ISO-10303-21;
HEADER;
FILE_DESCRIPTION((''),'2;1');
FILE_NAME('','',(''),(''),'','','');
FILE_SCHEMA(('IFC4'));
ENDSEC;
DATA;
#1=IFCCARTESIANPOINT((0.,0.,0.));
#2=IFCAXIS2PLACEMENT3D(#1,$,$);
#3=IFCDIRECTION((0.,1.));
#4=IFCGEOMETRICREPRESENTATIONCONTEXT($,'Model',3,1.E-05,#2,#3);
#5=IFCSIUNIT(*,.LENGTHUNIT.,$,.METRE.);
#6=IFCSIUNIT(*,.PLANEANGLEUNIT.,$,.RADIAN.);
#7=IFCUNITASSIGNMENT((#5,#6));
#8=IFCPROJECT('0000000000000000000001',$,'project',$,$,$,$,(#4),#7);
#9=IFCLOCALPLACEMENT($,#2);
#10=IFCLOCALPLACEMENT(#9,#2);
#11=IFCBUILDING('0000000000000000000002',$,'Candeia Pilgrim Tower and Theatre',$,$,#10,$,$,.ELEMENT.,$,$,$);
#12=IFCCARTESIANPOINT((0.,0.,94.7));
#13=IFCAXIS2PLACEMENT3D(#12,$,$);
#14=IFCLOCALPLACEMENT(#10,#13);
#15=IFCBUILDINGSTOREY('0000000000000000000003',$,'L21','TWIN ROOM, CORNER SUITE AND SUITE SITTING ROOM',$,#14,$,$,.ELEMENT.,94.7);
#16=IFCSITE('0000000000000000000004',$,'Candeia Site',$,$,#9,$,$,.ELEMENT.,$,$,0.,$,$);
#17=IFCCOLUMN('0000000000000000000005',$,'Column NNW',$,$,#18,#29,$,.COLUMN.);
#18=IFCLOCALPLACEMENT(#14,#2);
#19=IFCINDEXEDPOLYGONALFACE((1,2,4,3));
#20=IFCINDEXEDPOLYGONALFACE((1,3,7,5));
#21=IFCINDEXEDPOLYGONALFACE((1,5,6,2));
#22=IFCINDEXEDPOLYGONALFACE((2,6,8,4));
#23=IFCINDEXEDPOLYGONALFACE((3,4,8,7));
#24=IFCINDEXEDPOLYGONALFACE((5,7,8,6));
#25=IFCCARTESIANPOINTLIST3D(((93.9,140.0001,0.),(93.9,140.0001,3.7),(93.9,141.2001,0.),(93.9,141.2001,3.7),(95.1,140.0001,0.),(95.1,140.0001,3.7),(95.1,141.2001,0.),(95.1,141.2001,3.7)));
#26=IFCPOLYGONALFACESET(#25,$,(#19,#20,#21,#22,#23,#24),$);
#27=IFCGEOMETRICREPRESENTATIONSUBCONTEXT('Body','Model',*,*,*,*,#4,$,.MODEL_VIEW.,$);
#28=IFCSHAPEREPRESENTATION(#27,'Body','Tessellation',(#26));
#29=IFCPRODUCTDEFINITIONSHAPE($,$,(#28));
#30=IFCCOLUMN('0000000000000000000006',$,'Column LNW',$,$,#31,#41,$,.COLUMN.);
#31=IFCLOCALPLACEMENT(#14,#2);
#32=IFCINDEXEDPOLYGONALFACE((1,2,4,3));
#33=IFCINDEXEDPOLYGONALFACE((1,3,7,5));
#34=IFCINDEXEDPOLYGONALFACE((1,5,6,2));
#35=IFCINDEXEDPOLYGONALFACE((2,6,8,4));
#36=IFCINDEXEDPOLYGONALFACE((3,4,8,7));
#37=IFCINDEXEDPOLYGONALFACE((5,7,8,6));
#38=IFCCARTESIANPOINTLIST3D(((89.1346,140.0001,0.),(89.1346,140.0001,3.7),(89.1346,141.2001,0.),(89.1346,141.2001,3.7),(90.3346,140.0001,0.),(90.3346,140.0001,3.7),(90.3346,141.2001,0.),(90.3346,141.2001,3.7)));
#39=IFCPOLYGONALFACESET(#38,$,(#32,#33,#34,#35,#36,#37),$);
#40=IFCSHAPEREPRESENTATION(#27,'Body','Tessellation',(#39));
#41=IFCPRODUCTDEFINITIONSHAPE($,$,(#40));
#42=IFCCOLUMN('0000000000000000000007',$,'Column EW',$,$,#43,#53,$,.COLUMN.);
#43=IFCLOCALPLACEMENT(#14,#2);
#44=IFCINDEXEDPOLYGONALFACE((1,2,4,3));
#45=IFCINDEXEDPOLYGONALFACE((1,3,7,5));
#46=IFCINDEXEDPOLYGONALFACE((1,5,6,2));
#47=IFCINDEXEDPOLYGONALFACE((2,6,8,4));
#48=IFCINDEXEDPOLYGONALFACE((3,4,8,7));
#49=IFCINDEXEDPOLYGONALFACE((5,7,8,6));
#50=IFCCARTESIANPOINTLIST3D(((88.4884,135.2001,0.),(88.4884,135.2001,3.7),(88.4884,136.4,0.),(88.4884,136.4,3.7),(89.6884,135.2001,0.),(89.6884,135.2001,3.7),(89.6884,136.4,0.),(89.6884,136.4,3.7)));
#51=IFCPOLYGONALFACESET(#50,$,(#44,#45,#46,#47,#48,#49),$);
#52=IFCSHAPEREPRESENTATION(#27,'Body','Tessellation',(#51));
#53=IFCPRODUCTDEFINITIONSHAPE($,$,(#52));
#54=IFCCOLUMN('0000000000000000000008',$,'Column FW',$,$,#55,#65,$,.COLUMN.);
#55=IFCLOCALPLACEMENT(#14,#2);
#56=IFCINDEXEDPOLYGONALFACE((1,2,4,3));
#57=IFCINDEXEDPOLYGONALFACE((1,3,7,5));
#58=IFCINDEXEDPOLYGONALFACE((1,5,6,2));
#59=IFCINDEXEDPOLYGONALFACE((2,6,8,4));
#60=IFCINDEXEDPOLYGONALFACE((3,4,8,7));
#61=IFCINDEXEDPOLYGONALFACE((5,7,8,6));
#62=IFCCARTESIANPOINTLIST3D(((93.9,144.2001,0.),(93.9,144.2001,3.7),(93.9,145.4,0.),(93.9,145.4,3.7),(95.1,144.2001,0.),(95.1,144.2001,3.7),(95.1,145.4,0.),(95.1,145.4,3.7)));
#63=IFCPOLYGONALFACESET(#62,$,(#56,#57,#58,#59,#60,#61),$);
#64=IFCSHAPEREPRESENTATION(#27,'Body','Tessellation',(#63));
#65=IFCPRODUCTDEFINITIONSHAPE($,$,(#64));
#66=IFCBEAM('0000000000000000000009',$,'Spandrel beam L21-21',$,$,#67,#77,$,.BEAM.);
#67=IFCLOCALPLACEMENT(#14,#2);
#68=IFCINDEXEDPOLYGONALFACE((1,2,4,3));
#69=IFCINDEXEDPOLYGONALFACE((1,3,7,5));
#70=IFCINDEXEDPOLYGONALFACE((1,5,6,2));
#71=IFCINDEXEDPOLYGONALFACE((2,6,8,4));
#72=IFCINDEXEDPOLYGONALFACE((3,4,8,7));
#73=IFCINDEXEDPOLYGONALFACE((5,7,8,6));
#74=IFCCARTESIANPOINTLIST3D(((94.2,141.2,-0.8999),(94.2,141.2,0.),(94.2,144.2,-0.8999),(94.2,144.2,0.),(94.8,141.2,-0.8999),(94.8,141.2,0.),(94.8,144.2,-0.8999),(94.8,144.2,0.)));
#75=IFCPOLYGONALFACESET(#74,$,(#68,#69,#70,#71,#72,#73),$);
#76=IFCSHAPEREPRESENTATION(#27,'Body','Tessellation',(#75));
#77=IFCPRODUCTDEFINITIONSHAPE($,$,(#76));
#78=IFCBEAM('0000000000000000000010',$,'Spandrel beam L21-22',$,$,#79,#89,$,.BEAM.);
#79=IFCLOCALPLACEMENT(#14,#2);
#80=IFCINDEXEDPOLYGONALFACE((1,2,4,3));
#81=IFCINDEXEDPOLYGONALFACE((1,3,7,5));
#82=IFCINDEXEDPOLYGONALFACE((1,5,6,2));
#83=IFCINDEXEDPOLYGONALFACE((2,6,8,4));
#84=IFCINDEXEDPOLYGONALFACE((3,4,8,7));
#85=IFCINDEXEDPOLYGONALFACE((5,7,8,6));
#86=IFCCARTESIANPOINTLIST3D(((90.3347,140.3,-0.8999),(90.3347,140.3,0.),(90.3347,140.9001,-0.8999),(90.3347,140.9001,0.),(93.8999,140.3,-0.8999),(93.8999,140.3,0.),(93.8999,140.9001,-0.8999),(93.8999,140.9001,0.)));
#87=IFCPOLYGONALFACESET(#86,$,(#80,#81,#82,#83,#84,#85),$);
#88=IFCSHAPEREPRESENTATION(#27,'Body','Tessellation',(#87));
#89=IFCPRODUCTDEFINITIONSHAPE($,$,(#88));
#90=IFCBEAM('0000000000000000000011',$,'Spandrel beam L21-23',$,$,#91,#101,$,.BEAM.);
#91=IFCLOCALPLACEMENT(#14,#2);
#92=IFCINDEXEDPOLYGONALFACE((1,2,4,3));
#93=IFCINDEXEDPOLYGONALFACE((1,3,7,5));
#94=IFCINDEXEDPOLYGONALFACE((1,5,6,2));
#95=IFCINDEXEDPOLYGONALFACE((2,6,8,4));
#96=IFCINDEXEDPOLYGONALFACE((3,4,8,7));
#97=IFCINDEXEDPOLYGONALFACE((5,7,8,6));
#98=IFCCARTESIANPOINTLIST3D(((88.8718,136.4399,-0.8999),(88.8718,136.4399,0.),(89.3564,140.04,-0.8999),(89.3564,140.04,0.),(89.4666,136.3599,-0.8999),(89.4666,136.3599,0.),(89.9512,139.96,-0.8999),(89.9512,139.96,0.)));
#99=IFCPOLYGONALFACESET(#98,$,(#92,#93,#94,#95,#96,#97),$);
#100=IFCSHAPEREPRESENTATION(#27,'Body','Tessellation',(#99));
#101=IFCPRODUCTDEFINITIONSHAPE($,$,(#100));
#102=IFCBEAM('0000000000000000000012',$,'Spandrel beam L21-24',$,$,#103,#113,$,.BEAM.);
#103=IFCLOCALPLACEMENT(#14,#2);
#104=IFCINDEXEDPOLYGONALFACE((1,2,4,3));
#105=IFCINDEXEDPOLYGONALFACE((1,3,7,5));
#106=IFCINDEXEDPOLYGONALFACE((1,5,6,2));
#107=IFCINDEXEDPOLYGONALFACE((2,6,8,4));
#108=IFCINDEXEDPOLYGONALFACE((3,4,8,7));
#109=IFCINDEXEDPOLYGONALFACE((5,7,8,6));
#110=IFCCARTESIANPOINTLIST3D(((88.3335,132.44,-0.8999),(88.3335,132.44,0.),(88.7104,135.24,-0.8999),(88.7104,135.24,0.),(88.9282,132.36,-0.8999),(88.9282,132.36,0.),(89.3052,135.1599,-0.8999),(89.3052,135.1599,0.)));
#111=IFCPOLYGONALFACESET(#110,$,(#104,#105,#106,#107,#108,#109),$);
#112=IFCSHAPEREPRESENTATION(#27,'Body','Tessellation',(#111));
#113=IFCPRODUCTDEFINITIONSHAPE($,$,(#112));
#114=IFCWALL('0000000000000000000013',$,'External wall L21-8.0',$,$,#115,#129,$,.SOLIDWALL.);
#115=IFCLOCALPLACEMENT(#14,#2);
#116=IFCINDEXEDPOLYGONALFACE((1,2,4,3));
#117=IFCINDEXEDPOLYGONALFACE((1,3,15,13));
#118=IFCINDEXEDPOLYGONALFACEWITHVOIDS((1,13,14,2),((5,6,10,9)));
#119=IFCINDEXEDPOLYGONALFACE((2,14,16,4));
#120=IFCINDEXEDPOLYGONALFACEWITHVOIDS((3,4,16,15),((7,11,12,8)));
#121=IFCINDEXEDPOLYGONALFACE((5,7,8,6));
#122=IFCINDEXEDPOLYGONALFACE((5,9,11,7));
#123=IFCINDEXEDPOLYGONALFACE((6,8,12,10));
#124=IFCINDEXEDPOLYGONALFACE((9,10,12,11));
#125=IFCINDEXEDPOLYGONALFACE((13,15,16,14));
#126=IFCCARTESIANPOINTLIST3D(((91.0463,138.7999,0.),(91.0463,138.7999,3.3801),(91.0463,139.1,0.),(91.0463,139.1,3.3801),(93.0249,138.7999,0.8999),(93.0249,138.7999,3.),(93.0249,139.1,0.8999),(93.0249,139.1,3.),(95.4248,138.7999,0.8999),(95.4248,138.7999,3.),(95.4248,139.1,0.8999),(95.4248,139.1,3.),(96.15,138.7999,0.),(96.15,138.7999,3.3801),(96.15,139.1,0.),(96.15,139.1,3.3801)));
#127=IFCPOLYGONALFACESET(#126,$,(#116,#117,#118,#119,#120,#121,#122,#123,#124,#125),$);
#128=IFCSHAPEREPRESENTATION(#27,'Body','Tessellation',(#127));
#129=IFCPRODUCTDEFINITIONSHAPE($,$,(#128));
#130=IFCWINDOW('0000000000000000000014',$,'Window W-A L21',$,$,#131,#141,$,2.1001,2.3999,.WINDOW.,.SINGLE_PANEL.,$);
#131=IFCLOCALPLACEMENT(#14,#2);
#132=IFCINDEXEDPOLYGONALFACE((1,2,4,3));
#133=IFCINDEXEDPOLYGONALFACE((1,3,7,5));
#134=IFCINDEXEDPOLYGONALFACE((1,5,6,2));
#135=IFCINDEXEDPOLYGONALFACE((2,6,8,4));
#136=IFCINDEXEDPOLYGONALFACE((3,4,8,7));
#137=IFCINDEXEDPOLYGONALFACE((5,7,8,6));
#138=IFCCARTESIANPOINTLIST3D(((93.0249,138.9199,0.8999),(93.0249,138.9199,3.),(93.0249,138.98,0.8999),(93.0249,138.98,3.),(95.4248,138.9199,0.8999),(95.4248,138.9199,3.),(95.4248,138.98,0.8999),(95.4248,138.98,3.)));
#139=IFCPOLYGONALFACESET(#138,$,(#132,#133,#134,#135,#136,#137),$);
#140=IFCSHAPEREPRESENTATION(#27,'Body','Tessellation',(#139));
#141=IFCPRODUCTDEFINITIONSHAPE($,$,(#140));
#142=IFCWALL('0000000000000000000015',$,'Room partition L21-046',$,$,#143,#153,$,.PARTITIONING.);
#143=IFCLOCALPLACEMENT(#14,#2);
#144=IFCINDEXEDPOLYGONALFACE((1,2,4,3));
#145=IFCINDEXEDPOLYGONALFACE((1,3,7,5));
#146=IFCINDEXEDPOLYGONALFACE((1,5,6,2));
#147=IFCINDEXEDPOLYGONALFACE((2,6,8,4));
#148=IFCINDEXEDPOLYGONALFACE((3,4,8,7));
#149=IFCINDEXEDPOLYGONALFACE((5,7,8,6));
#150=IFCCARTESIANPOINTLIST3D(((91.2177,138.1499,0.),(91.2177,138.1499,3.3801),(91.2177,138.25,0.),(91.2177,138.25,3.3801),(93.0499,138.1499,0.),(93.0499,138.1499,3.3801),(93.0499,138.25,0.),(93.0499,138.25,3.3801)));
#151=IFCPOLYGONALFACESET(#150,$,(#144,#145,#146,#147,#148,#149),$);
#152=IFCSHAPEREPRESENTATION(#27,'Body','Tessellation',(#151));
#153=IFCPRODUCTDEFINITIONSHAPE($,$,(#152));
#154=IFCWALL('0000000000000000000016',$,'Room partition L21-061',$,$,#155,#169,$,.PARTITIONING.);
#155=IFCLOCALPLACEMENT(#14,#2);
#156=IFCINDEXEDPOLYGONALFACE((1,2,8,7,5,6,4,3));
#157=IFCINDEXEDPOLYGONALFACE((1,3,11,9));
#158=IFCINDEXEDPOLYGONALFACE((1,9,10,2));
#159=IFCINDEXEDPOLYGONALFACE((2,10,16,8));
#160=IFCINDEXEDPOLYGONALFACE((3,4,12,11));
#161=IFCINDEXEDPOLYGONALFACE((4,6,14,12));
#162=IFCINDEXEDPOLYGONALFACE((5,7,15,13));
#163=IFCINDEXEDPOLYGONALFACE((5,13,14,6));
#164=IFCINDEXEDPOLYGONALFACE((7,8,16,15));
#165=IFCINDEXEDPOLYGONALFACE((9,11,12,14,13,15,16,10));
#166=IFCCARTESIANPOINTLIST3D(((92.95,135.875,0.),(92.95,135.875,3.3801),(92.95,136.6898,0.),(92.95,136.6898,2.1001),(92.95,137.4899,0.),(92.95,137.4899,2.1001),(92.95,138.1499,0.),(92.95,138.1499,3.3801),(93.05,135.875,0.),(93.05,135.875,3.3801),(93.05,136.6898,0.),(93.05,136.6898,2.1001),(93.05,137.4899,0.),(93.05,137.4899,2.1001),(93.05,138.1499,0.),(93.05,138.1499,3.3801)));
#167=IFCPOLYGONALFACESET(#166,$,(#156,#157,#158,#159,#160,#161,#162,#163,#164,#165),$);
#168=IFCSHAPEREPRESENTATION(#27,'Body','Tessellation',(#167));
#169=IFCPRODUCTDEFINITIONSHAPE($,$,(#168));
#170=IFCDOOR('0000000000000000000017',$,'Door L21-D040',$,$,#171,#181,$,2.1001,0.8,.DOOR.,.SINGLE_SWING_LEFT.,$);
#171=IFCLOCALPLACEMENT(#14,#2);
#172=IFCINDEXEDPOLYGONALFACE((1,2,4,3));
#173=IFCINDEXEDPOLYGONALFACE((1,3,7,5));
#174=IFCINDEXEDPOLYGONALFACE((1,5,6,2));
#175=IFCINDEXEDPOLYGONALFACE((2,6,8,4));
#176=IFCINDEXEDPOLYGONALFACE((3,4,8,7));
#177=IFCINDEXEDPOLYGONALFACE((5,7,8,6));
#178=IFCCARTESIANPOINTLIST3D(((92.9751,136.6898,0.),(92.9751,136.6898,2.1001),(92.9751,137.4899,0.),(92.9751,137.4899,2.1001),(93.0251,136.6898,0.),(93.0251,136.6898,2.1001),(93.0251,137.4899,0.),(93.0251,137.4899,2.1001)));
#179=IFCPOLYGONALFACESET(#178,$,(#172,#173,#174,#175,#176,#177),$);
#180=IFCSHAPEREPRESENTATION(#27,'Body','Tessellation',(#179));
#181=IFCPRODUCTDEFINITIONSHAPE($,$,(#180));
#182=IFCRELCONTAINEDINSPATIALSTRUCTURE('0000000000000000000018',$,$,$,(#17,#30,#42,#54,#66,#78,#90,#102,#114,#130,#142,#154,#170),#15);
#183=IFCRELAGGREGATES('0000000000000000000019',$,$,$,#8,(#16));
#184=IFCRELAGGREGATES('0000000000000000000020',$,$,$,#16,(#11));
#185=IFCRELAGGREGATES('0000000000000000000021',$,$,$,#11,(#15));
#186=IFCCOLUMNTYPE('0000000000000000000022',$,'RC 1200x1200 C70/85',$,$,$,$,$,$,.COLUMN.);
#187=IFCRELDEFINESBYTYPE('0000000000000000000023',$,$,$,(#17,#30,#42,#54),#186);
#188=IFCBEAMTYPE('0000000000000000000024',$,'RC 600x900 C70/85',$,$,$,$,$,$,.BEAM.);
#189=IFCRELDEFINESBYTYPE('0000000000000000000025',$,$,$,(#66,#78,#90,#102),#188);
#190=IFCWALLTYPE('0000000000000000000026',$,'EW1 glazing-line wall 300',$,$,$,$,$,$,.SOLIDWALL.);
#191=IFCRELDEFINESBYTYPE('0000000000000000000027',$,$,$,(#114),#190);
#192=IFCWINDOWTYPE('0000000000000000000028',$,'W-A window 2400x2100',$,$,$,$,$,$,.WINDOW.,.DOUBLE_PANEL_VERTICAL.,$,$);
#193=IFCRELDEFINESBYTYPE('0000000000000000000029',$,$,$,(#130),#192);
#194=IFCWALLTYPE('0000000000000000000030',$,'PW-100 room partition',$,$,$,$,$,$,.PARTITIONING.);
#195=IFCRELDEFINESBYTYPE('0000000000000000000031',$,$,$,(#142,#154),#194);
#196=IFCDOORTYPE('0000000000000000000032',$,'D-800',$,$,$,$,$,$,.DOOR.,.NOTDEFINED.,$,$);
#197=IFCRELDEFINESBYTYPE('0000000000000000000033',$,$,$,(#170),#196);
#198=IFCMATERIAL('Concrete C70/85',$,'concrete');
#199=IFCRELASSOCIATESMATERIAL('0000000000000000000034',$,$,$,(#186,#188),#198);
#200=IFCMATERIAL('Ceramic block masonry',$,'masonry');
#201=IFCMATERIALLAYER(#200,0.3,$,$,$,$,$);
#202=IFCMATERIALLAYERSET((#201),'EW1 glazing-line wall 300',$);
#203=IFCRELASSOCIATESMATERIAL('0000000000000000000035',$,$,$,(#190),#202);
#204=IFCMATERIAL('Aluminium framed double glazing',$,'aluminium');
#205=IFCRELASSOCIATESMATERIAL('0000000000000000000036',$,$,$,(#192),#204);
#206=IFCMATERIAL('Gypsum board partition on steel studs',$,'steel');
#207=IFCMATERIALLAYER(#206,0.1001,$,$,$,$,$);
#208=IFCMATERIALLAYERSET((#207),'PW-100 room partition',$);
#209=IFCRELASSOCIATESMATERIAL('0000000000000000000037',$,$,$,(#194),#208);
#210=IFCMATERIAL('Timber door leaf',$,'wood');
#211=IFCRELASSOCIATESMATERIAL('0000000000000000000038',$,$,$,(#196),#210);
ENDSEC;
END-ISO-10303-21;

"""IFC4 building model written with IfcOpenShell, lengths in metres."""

from ifc_helpers import new_model, si_unit, direction, frame, frame_2d, origin, origin_2d, place, context, subcontext, project, spatial, rectangle, extrude, material, layer, layer_set, material_profile, profile_set, type_object, element, fill, save


model = new_model("IFC4")

# Units and contexts
model_context = context("Model", 3, precision=1e-05, world=origin(), true_north=direction((0.0, 1.0)))
body_context = subcontext(model_context, "Body", "Model", "MODEL_VIEW")
ifc_project = project(units=[si_unit("LENGTHUNIT", "METRE"), si_unit("PLANEANGLEUNIT", "RADIAN")], contexts=[model_context])

# Site, building, storey
site_placement = place(None, origin())
site = spatial("IfcSite", under=ifc_project, at=site_placement, Name="Candeia Site", CompositionType="ELEMENT", RefElevation=0.0)
building_placement = place(site_placement, origin())
building = spatial("IfcBuilding", under=site, at=building_placement, Name="Candeia Pilgrim Tower and Theatre", CompositionType="ELEMENT")
storey_placement = place(building_placement, frame((0.0, 0.0, 94.7)))
storey = spatial("IfcBuildingStorey", under=building, at=storey_placement, Name="L21", Description="TWIN ROOM, CORNER SUITE AND SUITE SITTING ROOM", CompositionType="ELEMENT", Elevation=94.7)

# Columns
ifc_material_1 = material(Name="Concrete C70/85", Category="concrete")
ifc_material_profile_1 = material_profile(ifc_material_1, rectangle(XDim=1.2, YDim=1.2, at=origin_2d()))
ifc_profile_set_1 = profile_set([ifc_material_profile_1], Name="Concrete C70/85")
column_type = type_object("IfcColumnType", Name="RC 1200x1200 C70/85", PredefinedType="COLUMN", material=ifc_profile_set_1)
for number, where, z_axis, x_axis, name in (
    (1, (94.5, 140.6001, 0.0), (0.0, 0.0, 1.0), (1.0, 0.0, 0.0), "Column NNW"),
    (2, (89.7346, 140.6001, 0.0), (0.0, 0.0, 1.0), (1.0, 0.0, 0.0), "Column LNW"),
    (3, (89.0884, 135.8, 0.0), (0.0, 0.0, 1.0), (1.0, 0.0, 0.0), "Column EW"),
    (4, (94.5, 144.8, 0.0), (0.0, 0.0, 1.0), (1.0, 0.0, 0.0), "Column FW"),
):
    element("IfcColumn", number, at=place(storey_placement, frame(where, z_axis=z_axis, x_axis=x_axis)), inside=storey, type_object=column_type, Name=name, PredefinedType="COLUMN", context=body_context, shape_type="SweptSolid", body=[
        extrude(rectangle(XDim=1.2, YDim=1.2, at=origin_2d()), origin(), (0.0, 0.0, 1.0), 3.7),
    ])

# Beams
ifc_material_profile_2 = material_profile(ifc_material_1, rectangle(XDim=0.6001, YDim=0.8999, at=origin_2d()))
ifc_profile_set_2 = profile_set([ifc_material_profile_2], Name="Concrete C70/85")
beam_type = type_object("IfcBeamType", Name="RC 600x900 C70/85", PredefinedType="BEAM", material=ifc_profile_set_2)
beam_1_placement = place(storey_placement, frame((94.5, 144.2, -0.45), z_axis=(0.0, -1.0, 0.0), x_axis=(1.0, 0.0, 0.0)))
element("IfcBeam", 5, at=beam_1_placement, inside=storey, type_object=beam_type, Name="Spandrel beam L21-21", PredefinedType="BEAM", context=body_context, shape_type="SweptSolid", body=[
    extrude(rectangle(XDim=0.6001, YDim=0.8999, at=origin_2d()), origin(), (0.0, 0.0, 1.0), 3.0),
])
beam_2_placement = place(storey_placement, frame((93.8999, 140.6001, -0.45), z_axis=(-1.0, 0.0, 0.0), x_axis=(0.0, -1.0, 0.0)))
element("IfcBeam", 6, at=beam_2_placement, inside=storey, type_object=beam_type, Name="Spandrel beam L21-22", PredefinedType="BEAM", context=body_context, shape_type="SweptSolid", body=[
    extrude(rectangle(XDim=0.6001, YDim=0.8999, at=origin_2d()), origin(), (0.0, 0.0, 1.0), 3.5652),
])
beam_3_placement = place(storey_placement, frame((89.6538, 140.0, -0.45), z_axis=(-0.133409, -0.991061, 0.0), x_axis=(0.991061, -0.133409, 0.0)))
element("IfcBeam", 7, at=beam_3_placement, inside=storey, type_object=beam_type, Name="Spandrel beam L21-23", PredefinedType="BEAM", context=body_context, shape_type="SweptSolid", body=[
    extrude(rectangle(XDim=0.6001, YDim=0.8999, at=origin_2d()), origin(), (0.0, 0.0, 1.0), 3.6326),
])
beam_4_placement = place(storey_placement, frame((89.0078, 135.2, -0.45), z_axis=(-0.13342, -0.99106, 0.0), x_axis=(0.99106, -0.13342, 0.0)))
element("IfcBeam", 8, at=beam_4_placement, inside=storey, type_object=beam_type, Name="Spandrel beam L21-24", PredefinedType="BEAM", context=body_context, shape_type="SweptSolid", body=[
    extrude(rectangle(XDim=0.6001, YDim=0.8999, at=origin_2d()), origin(), (0.0, 0.0, 1.0), 2.8252),
])

# Wall, opening, window
ifc_material_2 = material(Name="Ceramic block masonry", Category="masonry")
ifc_layer_1 = layer(ifc_material_2, 0.3)
ifc_layer_set_1 = layer_set([ifc_layer_1], Name="EW1 glazing-line wall 300")
wall_type_1 = type_object("IfcWallType", Name="EW1 glazing-line wall 300", PredefinedType="SOLIDWALL", material=ifc_layer_set_1)
wall_1_placement = place(storey_placement, frame((96.1499, 138.95, 0.0), z_axis=(0.0, 0.0, 1.0), x_axis=(-1.0, 0.0, 0.0)))
wall_1 = element("IfcWall", 9, at=wall_1_placement, inside=storey, type_object=wall_type_1, Name="External wall L21-8.0", PredefinedType="SOLIDWALL", context=body_context, shape_type="SweptSolid", body=[
    extrude(rectangle(XDim=5.1038, YDim=0.3, at=frame_2d((2.5518, 0.0))), origin(), (0.0, 0.0, 1.0), 3.3801),
])
opening_1_placement = place(wall_1_placement, frame((0.7251, 0.0, 0.8999)))
opening_1 = element("IfcOpeningElement", 10, at=opening_1_placement, cuts=wall_1, PredefinedType="OPENING", context=body_context, shape_type="SweptSolid", body=[
    extrude(rectangle(XDim=2.3999, YDim=2.1001, at=frame_2d((1.2, 1.05))), frame((0.0, 0.1602, 0.0), z_axis=(0.0, -1.0, 0.0), x_axis=(1.0, 0.0, 0.0)), (0.0, 0.0, 1.0), 0.3201),
])
ifc_material_3 = material(Name="Aluminium framed double glazing", Category="aluminium")
window_type_1 = type_object("IfcWindowType", Name="W-A window 2400x2100", PartitioningType="DOUBLE_PANEL_VERTICAL", PredefinedType="WINDOW", material=ifc_material_3)
window_1_placement = place(opening_1_placement, origin())
window_1 = element("IfcWindow", 11, at=window_1_placement, inside=storey, type_object=window_type_1, Name="Window W-A L21", OverallHeight=2.1001, OverallWidth=2.3999, PartitioningType="SINGLE_PANEL", PredefinedType="WINDOW", context=body_context, shape_type="SweptSolid", body=[
    extrude(rectangle(XDim=2.3999, YDim=2.1001, at=frame_2d((1.2, 1.05))), frame((0.0, 0.03, 0.0), z_axis=(0.0, -1.0, 0.0), x_axis=(1.0, 0.0, 0.0)), (0.0, 0.0, 1.0), 0.0601),
])
fill(opening_1, window_1)

# Wall
ifc_material_4 = material(Name="Gypsum board partition on steel studs", Category="steel")
ifc_layer_2 = layer(ifc_material_4, 0.1001)
ifc_layer_set_2 = layer_set([ifc_layer_2], Name="PW-100 room partition")
wall_type_2 = type_object("IfcWallType", Name="PW-100 room partition", PredefinedType="PARTITIONING", material=ifc_layer_set_2)
wall_2_placement = place(storey_placement, frame((91.2178, 138.2, 0.0), z_axis=(0.0, 0.0, 1.0), x_axis=(1.0, 0.0, 0.0)))
element("IfcWall", 12, at=wall_2_placement, inside=storey, type_object=wall_type_2, Name="Room partition L21-046", PredefinedType="PARTITIONING", context=body_context, shape_type="SweptSolid", body=[
    extrude(rectangle(XDim=1.8323, YDim=0.1001, at=frame_2d((0.916, 0.0))), origin(), (0.0, 0.0, 1.0), 3.3801),
])

# Wall, opening, door
wall_3_placement = place(storey_placement, frame((93.0, 135.875, 0.0), z_axis=(0.0, 0.0, 1.0), x_axis=(0.0, 1.0, 0.0)))
wall_3 = element("IfcWall", 13, at=wall_3_placement, inside=storey, type_object=wall_type_2, Name="Room partition L21-061", PredefinedType="PARTITIONING", context=body_context, shape_type="SweptSolid", body=[
    extrude(rectangle(XDim=2.2749, YDim=0.1001, at=frame_2d((1.1375, 0.0))), origin(), (0.0, 0.0, 1.0), 3.3801),
])
opening_2_placement = place(wall_3_placement, frame((0.8149, 0.0, 0.0)))
opening_2 = element("IfcOpeningElement", 14, at=opening_2_placement, cuts=wall_3, PredefinedType="OPENING", context=body_context, shape_type="SweptSolid", body=[
    extrude(rectangle(XDim=0.8, YDim=2.1001, at=frame_2d((0.3999, 1.05))), frame((0.0, 0.0601, 0.0), z_axis=(0.0, -1.0, 0.0), x_axis=(1.0, 0.0, 0.0)), (0.0, 0.0, 1.0), 0.1201),
])
ifc_material_5 = material(Name="Timber door leaf", Category="wood")
door_type_1 = type_object("IfcDoorType", Name="D-800", OperationType="NOTDEFINED", PredefinedType="DOOR", material=ifc_material_5)
door_1_placement = place(opening_2_placement, origin())
door_1 = element("IfcDoor", 15, at=door_1_placement, inside=storey, type_object=door_type_1, Name="Door L21-D040", OperationType="SINGLE_SWING_LEFT", OverallHeight=2.1001, OverallWidth=0.8, PredefinedType="DOOR", context=body_context, shape_type="SweptSolid", body=[
    extrude(rectangle(XDim=0.8, YDim=2.1001, at=frame_2d((0.3999, 1.05))), frame((0.0, 0.0249, 0.0), z_axis=(0.0, -1.0, 0.0), x_axis=(1.0, 0.0, 0.0)), (0.0, 0.0, 1.0), 0.05),
])
fill(opening_2, door_1)

save(model, "model.ifc")
